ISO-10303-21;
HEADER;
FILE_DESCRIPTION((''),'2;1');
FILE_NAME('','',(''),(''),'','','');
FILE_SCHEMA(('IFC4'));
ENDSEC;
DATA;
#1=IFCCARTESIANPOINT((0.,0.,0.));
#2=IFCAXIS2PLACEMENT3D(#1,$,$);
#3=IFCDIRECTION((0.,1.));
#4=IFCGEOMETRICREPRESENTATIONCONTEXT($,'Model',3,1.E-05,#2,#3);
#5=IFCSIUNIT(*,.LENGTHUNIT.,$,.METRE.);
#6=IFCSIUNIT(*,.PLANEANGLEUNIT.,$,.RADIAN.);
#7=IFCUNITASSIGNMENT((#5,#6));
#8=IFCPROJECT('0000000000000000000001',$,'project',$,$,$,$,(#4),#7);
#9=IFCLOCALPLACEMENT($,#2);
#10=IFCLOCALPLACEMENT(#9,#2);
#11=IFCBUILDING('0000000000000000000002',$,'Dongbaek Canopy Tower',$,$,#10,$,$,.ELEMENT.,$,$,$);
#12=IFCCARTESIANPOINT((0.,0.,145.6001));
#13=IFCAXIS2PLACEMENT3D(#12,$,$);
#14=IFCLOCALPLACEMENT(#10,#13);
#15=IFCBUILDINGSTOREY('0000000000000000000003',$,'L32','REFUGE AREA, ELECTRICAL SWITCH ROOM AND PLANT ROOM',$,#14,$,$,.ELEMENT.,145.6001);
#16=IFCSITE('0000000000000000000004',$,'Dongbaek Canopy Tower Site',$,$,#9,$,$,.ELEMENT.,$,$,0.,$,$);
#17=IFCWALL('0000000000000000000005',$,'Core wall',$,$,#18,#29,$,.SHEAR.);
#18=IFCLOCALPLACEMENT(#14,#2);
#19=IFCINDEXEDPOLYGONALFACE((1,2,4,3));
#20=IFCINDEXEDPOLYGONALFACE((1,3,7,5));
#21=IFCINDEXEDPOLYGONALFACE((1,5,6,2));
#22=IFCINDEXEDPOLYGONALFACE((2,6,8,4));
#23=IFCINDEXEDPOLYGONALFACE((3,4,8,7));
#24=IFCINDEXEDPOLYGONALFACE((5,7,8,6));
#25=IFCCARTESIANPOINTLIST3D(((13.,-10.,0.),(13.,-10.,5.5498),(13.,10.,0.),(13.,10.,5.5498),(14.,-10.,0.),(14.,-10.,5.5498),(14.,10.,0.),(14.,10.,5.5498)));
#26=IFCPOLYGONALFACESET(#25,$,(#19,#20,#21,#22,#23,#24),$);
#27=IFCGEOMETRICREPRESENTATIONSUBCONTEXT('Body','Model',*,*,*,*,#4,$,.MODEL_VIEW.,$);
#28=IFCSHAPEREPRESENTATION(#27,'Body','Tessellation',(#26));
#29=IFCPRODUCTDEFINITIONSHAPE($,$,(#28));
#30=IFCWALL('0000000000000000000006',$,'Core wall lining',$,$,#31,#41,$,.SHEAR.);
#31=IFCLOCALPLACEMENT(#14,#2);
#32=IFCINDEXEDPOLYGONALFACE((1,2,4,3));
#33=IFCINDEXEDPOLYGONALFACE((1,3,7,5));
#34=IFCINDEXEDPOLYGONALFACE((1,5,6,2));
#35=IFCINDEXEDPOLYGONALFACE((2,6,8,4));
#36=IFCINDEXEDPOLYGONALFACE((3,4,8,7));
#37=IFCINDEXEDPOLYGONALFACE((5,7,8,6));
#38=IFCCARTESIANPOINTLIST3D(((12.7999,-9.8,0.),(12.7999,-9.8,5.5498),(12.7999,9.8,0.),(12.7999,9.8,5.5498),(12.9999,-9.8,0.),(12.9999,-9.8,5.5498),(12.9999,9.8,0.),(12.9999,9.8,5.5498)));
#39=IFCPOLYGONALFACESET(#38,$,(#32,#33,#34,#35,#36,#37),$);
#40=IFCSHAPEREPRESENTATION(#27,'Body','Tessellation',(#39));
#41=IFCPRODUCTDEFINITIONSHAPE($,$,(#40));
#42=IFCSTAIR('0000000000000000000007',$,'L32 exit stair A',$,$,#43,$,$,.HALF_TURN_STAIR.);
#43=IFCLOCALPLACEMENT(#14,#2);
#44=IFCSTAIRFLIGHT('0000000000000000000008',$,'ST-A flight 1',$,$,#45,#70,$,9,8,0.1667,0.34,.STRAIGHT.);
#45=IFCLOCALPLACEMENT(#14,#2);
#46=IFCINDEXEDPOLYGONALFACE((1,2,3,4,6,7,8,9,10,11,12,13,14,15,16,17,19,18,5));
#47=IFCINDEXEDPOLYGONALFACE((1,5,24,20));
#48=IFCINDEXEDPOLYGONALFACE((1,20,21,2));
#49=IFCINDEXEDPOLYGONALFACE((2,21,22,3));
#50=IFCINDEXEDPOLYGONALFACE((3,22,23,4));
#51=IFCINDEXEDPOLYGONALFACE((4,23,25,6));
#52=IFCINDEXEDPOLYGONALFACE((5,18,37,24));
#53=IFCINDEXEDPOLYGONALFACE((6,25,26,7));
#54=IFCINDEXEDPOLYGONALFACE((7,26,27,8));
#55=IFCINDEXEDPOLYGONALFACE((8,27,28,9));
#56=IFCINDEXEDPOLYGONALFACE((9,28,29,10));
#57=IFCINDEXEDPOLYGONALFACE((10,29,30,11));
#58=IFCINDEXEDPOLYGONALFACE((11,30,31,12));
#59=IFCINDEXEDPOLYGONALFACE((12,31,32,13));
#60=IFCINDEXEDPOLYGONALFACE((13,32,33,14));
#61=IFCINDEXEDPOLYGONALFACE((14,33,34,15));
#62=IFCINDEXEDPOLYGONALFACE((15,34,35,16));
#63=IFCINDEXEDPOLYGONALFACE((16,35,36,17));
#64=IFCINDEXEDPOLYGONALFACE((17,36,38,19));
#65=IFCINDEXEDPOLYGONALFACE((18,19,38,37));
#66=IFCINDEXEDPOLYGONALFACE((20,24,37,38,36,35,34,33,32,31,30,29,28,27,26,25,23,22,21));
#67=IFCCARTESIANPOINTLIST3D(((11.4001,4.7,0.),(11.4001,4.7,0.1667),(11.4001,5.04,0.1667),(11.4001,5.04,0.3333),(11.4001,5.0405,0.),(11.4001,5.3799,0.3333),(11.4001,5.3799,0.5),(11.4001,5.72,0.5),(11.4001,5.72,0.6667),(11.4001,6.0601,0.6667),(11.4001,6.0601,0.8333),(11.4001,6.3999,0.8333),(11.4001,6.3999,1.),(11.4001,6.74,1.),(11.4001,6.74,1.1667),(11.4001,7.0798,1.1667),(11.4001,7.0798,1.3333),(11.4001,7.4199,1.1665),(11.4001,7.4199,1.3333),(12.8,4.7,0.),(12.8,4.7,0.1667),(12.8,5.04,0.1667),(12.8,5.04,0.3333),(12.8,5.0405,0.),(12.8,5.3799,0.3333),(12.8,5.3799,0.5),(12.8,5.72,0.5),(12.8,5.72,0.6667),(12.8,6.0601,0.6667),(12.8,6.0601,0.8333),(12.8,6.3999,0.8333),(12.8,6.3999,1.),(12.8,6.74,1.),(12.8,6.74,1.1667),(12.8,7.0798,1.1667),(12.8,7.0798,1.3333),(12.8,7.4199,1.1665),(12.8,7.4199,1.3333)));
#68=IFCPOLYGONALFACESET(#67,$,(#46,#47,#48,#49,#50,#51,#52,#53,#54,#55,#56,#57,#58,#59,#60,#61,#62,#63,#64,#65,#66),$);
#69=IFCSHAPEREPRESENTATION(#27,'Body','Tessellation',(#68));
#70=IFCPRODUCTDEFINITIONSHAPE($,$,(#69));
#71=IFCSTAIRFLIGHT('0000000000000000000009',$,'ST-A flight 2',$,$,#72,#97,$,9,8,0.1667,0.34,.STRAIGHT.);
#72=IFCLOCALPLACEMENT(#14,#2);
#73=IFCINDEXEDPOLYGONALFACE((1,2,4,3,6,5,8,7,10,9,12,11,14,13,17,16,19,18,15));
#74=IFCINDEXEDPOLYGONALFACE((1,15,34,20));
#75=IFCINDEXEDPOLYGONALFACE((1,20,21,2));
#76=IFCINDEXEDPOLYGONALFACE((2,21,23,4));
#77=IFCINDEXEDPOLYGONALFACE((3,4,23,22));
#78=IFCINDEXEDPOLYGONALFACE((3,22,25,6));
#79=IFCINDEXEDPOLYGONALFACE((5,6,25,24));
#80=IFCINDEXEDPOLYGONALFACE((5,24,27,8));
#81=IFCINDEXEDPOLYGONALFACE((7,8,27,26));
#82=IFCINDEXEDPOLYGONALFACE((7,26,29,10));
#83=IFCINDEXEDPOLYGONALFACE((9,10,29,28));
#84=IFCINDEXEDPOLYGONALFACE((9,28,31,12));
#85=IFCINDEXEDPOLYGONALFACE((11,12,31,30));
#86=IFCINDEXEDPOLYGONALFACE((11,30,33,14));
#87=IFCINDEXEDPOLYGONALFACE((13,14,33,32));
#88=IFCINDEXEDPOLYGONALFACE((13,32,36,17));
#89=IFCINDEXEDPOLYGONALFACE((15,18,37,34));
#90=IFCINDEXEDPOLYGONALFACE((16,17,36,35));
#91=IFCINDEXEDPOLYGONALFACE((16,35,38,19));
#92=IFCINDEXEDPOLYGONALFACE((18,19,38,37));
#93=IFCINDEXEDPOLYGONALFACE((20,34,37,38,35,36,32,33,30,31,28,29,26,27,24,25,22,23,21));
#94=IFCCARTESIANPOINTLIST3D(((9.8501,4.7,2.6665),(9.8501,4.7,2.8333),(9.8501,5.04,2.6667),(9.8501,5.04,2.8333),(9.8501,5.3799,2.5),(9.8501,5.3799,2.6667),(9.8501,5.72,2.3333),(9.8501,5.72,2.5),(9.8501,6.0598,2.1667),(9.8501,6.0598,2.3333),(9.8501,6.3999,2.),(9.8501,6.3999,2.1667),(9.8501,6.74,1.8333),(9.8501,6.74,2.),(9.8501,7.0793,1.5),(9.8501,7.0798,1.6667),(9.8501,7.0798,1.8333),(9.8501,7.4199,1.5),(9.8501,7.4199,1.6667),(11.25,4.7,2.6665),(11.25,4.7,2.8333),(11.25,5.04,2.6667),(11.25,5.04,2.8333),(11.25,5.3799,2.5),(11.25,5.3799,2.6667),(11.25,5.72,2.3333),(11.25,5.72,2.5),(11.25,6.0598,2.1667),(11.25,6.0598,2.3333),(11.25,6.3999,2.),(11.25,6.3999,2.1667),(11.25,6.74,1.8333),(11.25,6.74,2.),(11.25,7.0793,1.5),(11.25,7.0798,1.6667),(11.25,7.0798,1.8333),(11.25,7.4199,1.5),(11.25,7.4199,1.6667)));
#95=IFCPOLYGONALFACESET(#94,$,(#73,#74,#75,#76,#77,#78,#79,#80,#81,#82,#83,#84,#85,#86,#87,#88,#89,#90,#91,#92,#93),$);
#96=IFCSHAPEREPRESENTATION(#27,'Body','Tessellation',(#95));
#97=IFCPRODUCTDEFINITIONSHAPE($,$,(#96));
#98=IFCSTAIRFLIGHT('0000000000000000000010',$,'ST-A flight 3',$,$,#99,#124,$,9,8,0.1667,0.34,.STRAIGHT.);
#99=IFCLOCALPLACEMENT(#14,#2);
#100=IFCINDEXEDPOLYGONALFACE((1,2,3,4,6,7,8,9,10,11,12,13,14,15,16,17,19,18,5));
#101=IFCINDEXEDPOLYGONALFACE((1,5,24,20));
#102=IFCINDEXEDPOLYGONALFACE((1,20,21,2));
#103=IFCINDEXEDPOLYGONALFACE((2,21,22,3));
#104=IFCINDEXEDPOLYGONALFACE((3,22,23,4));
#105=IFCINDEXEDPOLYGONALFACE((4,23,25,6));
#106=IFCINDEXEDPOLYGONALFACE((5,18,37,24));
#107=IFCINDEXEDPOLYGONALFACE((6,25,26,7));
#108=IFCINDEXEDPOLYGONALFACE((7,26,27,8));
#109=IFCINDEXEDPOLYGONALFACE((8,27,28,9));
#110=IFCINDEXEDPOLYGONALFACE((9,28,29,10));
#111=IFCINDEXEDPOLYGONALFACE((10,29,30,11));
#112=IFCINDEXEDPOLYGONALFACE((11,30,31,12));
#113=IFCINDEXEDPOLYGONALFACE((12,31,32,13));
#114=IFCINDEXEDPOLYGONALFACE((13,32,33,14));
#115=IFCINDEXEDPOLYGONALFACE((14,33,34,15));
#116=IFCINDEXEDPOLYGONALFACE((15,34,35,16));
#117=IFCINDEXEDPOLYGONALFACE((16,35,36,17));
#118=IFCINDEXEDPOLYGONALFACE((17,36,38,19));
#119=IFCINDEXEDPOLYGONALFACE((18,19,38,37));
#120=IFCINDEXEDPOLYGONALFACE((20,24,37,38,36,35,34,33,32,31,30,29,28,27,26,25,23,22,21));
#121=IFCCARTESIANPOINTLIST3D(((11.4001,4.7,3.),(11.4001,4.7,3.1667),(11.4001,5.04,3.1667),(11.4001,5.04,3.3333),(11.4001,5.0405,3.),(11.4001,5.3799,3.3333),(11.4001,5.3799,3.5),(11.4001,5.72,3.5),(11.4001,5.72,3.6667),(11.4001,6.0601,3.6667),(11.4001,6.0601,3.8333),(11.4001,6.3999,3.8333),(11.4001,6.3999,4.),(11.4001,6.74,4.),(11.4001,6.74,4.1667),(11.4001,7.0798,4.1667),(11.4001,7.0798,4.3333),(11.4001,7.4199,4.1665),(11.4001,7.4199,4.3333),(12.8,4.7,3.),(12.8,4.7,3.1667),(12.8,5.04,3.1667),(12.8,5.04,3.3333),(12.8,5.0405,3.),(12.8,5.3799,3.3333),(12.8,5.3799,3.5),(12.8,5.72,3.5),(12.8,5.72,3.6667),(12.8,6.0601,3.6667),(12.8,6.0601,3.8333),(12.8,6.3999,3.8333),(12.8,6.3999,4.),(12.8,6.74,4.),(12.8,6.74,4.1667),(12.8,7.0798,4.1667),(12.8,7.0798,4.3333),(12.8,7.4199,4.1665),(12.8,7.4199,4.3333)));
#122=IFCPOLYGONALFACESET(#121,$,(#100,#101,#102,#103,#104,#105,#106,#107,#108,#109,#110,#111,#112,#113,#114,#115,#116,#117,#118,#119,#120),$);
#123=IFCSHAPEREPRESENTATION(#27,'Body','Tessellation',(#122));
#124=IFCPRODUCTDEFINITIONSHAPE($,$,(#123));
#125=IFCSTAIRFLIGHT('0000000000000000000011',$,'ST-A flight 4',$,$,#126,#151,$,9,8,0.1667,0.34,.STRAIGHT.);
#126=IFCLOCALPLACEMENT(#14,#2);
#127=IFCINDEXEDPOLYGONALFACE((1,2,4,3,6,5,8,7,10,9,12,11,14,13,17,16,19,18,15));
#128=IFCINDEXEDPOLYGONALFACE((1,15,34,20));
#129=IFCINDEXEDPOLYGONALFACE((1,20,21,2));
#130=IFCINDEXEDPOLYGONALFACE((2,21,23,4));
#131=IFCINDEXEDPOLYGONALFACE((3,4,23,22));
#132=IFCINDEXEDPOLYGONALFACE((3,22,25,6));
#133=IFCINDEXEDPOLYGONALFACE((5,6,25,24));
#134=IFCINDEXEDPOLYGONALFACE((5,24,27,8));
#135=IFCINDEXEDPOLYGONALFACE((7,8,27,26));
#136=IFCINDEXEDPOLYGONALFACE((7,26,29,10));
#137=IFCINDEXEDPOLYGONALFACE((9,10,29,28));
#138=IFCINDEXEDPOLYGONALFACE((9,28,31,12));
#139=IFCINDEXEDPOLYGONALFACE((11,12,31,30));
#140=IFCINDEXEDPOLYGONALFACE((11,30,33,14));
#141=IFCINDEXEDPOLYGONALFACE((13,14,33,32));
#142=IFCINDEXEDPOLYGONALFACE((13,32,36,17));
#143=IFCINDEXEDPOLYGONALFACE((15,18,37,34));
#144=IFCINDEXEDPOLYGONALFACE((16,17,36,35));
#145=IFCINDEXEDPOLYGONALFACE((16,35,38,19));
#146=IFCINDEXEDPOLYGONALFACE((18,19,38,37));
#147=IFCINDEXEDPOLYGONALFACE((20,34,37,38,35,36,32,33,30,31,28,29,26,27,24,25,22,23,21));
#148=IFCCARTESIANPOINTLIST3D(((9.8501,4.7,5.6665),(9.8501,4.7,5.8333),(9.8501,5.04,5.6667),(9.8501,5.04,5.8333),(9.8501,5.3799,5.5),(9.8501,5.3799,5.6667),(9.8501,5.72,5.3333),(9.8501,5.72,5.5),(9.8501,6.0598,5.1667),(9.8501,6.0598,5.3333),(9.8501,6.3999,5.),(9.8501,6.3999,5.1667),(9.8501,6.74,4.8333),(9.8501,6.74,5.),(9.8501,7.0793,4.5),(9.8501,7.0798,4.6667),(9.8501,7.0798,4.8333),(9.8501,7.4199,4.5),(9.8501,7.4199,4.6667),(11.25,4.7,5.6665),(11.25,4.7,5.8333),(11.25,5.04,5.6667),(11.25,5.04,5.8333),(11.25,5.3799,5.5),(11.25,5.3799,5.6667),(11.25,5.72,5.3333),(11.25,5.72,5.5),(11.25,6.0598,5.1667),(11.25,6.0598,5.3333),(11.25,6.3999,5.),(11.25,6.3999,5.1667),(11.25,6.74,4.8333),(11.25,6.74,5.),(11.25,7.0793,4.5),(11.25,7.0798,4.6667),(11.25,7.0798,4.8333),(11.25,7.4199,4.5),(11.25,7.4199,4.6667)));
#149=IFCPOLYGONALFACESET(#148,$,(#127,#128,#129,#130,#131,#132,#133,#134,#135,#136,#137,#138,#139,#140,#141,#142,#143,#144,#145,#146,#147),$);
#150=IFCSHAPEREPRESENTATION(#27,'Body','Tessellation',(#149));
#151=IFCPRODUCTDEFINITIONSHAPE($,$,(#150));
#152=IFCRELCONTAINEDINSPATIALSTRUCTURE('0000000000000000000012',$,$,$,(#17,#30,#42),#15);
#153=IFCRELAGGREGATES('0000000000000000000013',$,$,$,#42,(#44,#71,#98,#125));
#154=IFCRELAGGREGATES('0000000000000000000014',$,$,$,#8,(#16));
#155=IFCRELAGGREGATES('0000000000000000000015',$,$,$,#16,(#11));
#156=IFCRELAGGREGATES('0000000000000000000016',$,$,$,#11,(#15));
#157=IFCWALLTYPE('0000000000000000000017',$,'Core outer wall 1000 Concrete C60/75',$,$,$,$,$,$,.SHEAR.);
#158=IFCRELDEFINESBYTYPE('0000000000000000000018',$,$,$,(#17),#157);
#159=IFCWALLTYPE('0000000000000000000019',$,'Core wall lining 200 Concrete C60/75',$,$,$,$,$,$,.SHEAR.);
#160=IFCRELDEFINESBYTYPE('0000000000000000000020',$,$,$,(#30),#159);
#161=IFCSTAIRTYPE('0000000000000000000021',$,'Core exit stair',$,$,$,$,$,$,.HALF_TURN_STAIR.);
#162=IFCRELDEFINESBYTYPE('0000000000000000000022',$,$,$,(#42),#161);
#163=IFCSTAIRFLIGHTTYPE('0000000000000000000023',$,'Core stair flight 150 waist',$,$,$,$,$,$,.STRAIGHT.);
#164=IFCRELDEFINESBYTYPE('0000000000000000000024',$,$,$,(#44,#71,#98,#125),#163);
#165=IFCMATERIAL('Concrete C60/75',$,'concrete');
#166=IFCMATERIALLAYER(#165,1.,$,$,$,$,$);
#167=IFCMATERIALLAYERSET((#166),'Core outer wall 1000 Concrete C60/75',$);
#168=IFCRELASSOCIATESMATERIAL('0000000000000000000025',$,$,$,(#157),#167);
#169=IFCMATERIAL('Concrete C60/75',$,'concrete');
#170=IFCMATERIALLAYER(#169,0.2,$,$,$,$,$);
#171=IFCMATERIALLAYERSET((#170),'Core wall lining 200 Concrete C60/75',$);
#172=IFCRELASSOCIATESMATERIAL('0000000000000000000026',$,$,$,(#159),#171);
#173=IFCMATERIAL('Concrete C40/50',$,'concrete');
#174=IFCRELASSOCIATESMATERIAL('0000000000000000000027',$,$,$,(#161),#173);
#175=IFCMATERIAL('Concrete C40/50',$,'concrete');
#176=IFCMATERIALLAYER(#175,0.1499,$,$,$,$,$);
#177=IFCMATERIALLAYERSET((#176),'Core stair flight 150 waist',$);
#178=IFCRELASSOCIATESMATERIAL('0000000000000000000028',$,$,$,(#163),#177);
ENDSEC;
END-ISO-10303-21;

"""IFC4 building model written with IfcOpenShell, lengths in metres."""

from ifc_helpers import new_model, si_unit, direction, frame, frame_2d, origin, place, context, subcontext, project, spatial, polyline, rectangle, outline, extrude, material, layer, layer_set, type_object, element, aggregate, save


model = new_model("IFC4")

# Units and contexts
model_context = context("Model", 3, precision=1e-05, world=origin(), true_north=direction((0.0, 1.0)))
body_context = subcontext(model_context, "Body", "Model", "MODEL_VIEW")
ifc_project = project(units=[si_unit("LENGTHUNIT", "METRE"), si_unit("PLANEANGLEUNIT", "RADIAN")], contexts=[model_context])

# Site, building, storey
site_placement = place(None, origin())
site = spatial("IfcSite", under=ifc_project, at=site_placement, Name="Dongbaek Canopy Tower Site", CompositionType="ELEMENT", RefElevation=0.0)
building_placement = place(site_placement, origin())
building = spatial("IfcBuilding", under=site, at=building_placement, Name="Dongbaek Canopy Tower", CompositionType="ELEMENT")
storey_placement = place(building_placement, frame((0.0, 0.0, 145.6001)))
storey = spatial("IfcBuildingStorey", under=building, at=storey_placement, Name="L32", Description="REFUGE AREA, ELECTRICAL SWITCH ROOM AND PLANT ROOM", CompositionType="ELEMENT", Elevation=145.6001)

# Walls
ifc_material_1 = material(Name="Concrete C60/75", Category="concrete")
ifc_layer_1 = layer(ifc_material_1, 1.0)
ifc_layer_set_1 = layer_set([ifc_layer_1], Name="Core outer wall 1000 Concrete C60/75")
wall_type_1 = type_object("IfcWallType", Name="Core outer wall 1000 Concrete C60/75", PredefinedType="SHEAR", material=ifc_layer_set_1)
wall_1_placement = place(storey_placement, frame((13.5, 10.0, 0.0), z_axis=(0.0, 0.0, 1.0), x_axis=(0.0, -1.0, 0.0)))
element("IfcWall", 1, at=wall_1_placement, inside=storey, type_object=wall_type_1, Name="Core wall", PredefinedType="SHEAR", context=body_context, shape_type="SweptSolid", body=[
    extrude(rectangle(XDim=20.0, YDim=1.0, at=frame_2d((10.0, 0.0))), origin(), (0.0, 0.0, 1.0), 5.5498),
])
ifc_material_2 = material(Name="Concrete C60/75", Category="concrete")
ifc_layer_2 = layer(ifc_material_2, 0.2)
ifc_layer_set_2 = layer_set([ifc_layer_2], Name="Core wall lining 200 Concrete C60/75")
wall_type_2 = type_object("IfcWallType", Name="Core wall lining 200 Concrete C60/75", PredefinedType="SHEAR", material=ifc_layer_set_2)
wall_2_placement = place(storey_placement, frame((12.8999, 9.8, 0.0), z_axis=(0.0, 0.0, 1.0), x_axis=(0.0, -1.0, 0.0)))
element("IfcWall", 2, at=wall_2_placement, inside=storey, type_object=wall_type_2, Name="Core wall lining", PredefinedType="SHEAR", context=body_context, shape_type="SweptSolid", body=[
    extrude(rectangle(XDim=19.6001, YDim=0.2, at=frame_2d((9.8, 0.0))), origin(), (0.0, 0.0, 1.0), 5.5498),
])

# Stair, stair flights
ifc_material_3 = material(Name="Concrete C40/50", Category="concrete")
stair_type = type_object("IfcStairType", Name="Core exit stair", PredefinedType="HALF_TURN_STAIR", material=ifc_material_3)
stair_placement = place(storey_placement, origin())
stair = element("IfcStair", 3, at=stair_placement, inside=storey, type_object=stair_type, Name="L32 exit stair A", PredefinedType="HALF_TURN_STAIR")
ifc_material_4 = material(Name="Concrete C40/50", Category="concrete")
ifc_layer_3 = layer(ifc_material_4, 0.1499)
ifc_layer_set_3 = layer_set([ifc_layer_3], Name="Core stair flight 150 waist")
stair_flight_type = type_object("IfcStairFlightType", Name="Core stair flight 150 waist", PredefinedType="STRAIGHT", material=ifc_layer_set_3)
stair_flight_1_placement = place(storey_placement, frame((12.1001, 4.7, 0.0), z_axis=(0.0, 0.0, 1.0), x_axis=(0.0, 1.0, 0.0)))
stair_flight_1 = element("IfcStairFlight", 4, at=stair_flight_1_placement, type_object=stair_flight_type, Name="ST-A flight 1", NumberOfRisers=9, NumberOfTreads=8, PredefinedType="STRAIGHT", RiserHeight=0.1667, TreadLength=0.34, context=body_context, shape_type="SweptSolid", body=[
    extrude(outline(polyline([(0.0, 0.0), (0.0, 0.1667), (0.3401, 0.1667), (0.3401, 0.3333), (0.6799, 0.3333), (0.6799, 0.5), (1.02, 0.5), (1.02, 0.6667), (1.3601, 0.6667), (1.3601, 0.8333), (1.7, 0.8333), (1.7, 1.0), (2.04, 1.0), (2.04, 1.1667), (2.3799, 1.1667), (2.3799, 1.3333), (2.72, 1.3333), (2.72, 1.5), (2.72, 1.1665), (0.3406, 0.0), (0.0, 0.0)])), frame((0.0, 0.7, 0.0), z_axis=(0.0, -1.0, 0.0), x_axis=(1.0, 0.0, 0.0)), (0.0, 0.0, 1.0), 1.3999),
])
stair_flight_2_placement = place(storey_placement, frame((10.55, 7.4199, 1.5), z_axis=(0.0, 0.0, 1.0), x_axis=(0.0, -1.0, 0.0)))
stair_flight_2 = element("IfcStairFlight", 5, at=stair_flight_2_placement, type_object=stair_flight_type, Name="ST-A flight 2", NumberOfRisers=9, NumberOfTreads=8, PredefinedType="STRAIGHT", RiserHeight=0.1667, TreadLength=0.34, context=body_context, shape_type="SweptSolid", body=[
    extrude(outline(polyline([(0.0, 0.0), (0.0, 0.1667), (0.3401, 0.1667), (0.3401, 0.3333), (0.6799, 0.3333), (0.6799, 0.5), (1.02, 0.5), (1.02, 0.6667), (1.3601, 0.6667), (1.3601, 0.8333), (1.7, 0.8333), (1.7, 1.0), (2.04, 1.0), (2.04, 1.1667), (2.3799, 1.1667), (2.3799, 1.3333), (2.72, 1.3333), (2.72, 1.5), (2.72, 1.1665), (0.3406, 0.0), (0.0, 0.0)])), frame((0.0, 0.7, 0.0), z_axis=(0.0, -1.0, 0.0), x_axis=(1.0, 0.0, 0.0)), (0.0, 0.0, 1.0), 1.3999),
])
stair_flight_3_placement = place(storey_placement, frame((12.1001, 4.7, 3.0), z_axis=(0.0, 0.0, 1.0), x_axis=(0.0, 1.0, 0.0)))
stair_flight_3 = element("IfcStairFlight", 6, at=stair_flight_3_placement, type_object=stair_flight_type, Name="ST-A flight 3", NumberOfRisers=9, NumberOfTreads=8, PredefinedType="STRAIGHT", RiserHeight=0.1667, TreadLength=0.34, context=body_context, shape_type="SweptSolid", body=[
    extrude(outline(polyline([(0.0, 0.0), (0.0, 0.1667), (0.3401, 0.1667), (0.3401, 0.3333), (0.6799, 0.3333), (0.6799, 0.5), (1.02, 0.5), (1.02, 0.6667), (1.3601, 0.6667), (1.3601, 0.8333), (1.7, 0.8333), (1.7, 1.0), (2.04, 1.0), (2.04, 1.1667), (2.3799, 1.1667), (2.3799, 1.3333), (2.72, 1.3333), (2.72, 1.5), (2.72, 1.1665), (0.3406, 0.0), (0.0, 0.0)])), frame((0.0, 0.7, 0.0), z_axis=(0.0, -1.0, 0.0), x_axis=(1.0, 0.0, 0.0)), (0.0, 0.0, 1.0), 1.3999),
])
stair_flight_4_placement = place(storey_placement, frame((10.55, 7.4199, 4.5), z_axis=(0.0, 0.0, 1.0), x_axis=(0.0, -1.0, 0.0)))
stair_flight_4 = element("IfcStairFlight", 7, at=stair_flight_4_placement, type_object=stair_flight_type, Name="ST-A flight 4", NumberOfRisers=9, NumberOfTreads=8, PredefinedType="STRAIGHT", RiserHeight=0.1667, TreadLength=0.34, context=body_context, shape_type="SweptSolid", body=[
    extrude(outline(polyline([(0.0, 0.0), (0.0, 0.1667), (0.3401, 0.1667), (0.3401, 0.3333), (0.6799, 0.3333), (0.6799, 0.5), (1.02, 0.5), (1.02, 0.6667), (1.3601, 0.6667), (1.3601, 0.8333), (1.7, 0.8333), (1.7, 1.0), (2.04, 1.0), (2.04, 1.1667), (2.3799, 1.1667), (2.3799, 1.3333), (2.72, 1.3333), (2.72, 1.5), (2.72, 1.1665), (0.3406, 0.0), (0.0, 0.0)])), frame((0.0, 0.7, 0.0), z_axis=(0.0, -1.0, 0.0), x_axis=(1.0, 0.0, 0.0)), (0.0, 0.0, 1.0), 1.3999),
])
aggregate(stair, [stair_flight_1, stair_flight_2, stair_flight_3, stair_flight_4])

save(model, "model.ifc")
